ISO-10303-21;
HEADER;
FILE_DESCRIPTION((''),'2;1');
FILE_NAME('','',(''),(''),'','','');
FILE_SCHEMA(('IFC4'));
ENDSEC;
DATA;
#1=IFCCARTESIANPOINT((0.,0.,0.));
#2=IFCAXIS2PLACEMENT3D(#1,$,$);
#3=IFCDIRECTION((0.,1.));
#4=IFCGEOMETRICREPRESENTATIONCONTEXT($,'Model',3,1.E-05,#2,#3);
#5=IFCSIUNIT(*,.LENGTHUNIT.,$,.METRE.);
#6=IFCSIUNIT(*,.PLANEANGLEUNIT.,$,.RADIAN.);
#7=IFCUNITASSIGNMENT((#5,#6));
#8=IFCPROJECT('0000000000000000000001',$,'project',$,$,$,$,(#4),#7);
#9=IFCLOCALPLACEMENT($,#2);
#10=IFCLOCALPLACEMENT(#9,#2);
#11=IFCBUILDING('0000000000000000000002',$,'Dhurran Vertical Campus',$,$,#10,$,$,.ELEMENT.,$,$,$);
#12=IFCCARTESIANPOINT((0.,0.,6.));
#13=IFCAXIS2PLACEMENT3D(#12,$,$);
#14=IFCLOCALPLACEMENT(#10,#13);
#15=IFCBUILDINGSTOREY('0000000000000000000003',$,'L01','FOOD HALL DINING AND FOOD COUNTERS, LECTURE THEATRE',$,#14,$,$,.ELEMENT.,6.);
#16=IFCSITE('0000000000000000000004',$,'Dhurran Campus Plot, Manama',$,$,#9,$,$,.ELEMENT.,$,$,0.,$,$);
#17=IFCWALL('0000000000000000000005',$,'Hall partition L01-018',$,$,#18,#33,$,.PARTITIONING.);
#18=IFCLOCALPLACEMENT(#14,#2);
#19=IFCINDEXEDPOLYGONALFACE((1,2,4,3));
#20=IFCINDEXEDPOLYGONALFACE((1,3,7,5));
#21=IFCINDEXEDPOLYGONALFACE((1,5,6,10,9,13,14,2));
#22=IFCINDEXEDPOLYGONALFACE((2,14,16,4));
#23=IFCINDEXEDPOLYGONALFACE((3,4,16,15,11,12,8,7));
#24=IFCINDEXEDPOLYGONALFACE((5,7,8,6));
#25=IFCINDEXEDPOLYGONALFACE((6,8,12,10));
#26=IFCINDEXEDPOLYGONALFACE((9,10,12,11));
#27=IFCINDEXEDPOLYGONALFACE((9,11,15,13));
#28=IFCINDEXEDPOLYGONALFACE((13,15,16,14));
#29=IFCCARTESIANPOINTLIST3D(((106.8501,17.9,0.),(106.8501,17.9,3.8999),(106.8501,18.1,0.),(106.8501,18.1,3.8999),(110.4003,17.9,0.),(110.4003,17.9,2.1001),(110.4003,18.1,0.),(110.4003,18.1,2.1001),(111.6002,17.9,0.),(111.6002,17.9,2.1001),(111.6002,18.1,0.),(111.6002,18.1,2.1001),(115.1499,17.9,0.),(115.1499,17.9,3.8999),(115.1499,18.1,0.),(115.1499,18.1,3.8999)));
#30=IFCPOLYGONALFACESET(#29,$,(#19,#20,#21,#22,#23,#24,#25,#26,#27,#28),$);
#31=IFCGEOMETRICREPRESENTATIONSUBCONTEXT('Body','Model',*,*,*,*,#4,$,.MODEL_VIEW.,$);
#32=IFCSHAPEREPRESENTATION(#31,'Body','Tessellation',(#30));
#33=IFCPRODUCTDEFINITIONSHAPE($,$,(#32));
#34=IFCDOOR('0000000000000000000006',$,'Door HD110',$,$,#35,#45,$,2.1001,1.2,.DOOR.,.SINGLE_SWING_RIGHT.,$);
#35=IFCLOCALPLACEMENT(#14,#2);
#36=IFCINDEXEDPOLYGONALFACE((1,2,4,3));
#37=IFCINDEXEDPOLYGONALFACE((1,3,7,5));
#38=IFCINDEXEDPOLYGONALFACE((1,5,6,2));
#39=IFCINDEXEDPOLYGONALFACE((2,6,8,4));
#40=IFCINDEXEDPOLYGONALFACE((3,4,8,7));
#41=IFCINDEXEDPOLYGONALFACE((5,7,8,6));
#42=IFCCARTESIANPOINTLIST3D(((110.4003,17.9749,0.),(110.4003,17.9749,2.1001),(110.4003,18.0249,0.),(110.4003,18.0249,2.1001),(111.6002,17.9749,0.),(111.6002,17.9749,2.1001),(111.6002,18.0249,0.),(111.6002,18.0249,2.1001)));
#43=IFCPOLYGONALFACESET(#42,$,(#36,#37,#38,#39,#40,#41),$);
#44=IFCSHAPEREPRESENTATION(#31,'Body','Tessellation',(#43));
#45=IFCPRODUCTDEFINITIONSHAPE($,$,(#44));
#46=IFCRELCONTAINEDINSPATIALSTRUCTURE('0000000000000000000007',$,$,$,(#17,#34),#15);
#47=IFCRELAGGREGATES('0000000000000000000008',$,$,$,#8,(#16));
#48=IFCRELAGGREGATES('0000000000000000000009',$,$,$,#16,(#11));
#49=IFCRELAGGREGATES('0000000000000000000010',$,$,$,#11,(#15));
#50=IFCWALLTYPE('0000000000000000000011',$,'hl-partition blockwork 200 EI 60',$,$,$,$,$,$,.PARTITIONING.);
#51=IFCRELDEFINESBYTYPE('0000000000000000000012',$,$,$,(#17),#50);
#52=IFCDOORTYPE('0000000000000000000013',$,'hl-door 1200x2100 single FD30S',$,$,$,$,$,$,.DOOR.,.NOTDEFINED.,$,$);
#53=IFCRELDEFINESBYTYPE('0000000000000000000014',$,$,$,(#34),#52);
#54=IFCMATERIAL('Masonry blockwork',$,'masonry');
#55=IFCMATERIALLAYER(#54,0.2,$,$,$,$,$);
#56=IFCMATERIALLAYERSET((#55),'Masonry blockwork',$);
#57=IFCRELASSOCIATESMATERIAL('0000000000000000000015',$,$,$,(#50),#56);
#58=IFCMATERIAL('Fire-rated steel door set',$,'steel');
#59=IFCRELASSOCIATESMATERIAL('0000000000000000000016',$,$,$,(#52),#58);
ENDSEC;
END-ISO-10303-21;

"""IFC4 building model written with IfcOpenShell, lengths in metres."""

from ifc_helpers import new_model, si_unit, direction, frame, frame_2d, origin, place, context, subcontext, project, spatial, rectangle, extrude, material, layer, layer_set, type_object, element, fill, save


model = new_model("IFC4")

# Units and contexts
model_context = context("Model", 3, precision=1e-05, world=origin(), true_north=direction((0.0, 1.0)))
body_context = subcontext(model_context, "Body", "Model", "MODEL_VIEW")
ifc_project = project(units=[si_unit("LENGTHUNIT", "METRE"), si_unit("PLANEANGLEUNIT", "RADIAN")], contexts=[model_context])

# Site, building, storey
site_placement = place(None, origin())
site = spatial("IfcSite", under=ifc_project, at=site_placement, Name="Dhurran Campus Plot, Manama", CompositionType="ELEMENT", RefElevation=0.0)
building_placement = place(site_placement, origin())
building = spatial("IfcBuilding", under=site, at=building_placement, Name="Dhurran Vertical Campus", CompositionType="ELEMENT")
storey_placement = place(building_placement, frame((0.0, 0.0, 6.0)))
storey = spatial("IfcBuildingStorey", under=building, at=storey_placement, Name="L01", Description="FOOD HALL DINING AND FOOD COUNTERS, LECTURE THEATRE", CompositionType="ELEMENT", Elevation=6.0)

# Shared definitions
ifc_material_1 = material(Name="Masonry blockwork", Category="masonry")
ifc_layer_1 = layer(ifc_material_1, 0.2)
ifc_layer_set_1 = layer_set([ifc_layer_1], Name="Masonry blockwork")
wall_type_1 = type_object("IfcWallType", Name="hl-partition blockwork 200 EI 60", PredefinedType="PARTITIONING", material=ifc_layer_set_1)

# Wall, opening, door
wall_1_placement = place(storey_placement, frame((106.8501, 18.0, 0.0), z_axis=(0.0, 0.0, 1.0), x_axis=(1.0, 0.0, 0.0)))
wall_1 = element("IfcWall", 1, at=wall_1_placement, inside=storey, type_object=wall_type_1, Name="Hall partition L01-018", PredefinedType="PARTITIONING", context=body_context, shape_type="SweptSolid", body=[
    extrude(rectangle(XDim=8.2998, YDim=0.2, at=frame_2d((4.1499, 0.0))), origin(), (0.0, 0.0, 1.0), 3.8999),
])
opening_placement = place(wall_1_placement, frame((3.55, 0.0, 0.0)))
opening = element("IfcOpeningElement", 2, at=opening_placement, cuts=wall_1, PredefinedType="OPENING", context=body_context, shape_type="SweptSolid", body=[
    extrude(rectangle(XDim=1.2, YDim=2.1001, at=frame_2d((0.6001, 1.05))), frame((0.0, 0.1099, 0.0), z_axis=(0.0, -1.0, 0.0), x_axis=(1.0, 0.0, 0.0)), (0.0, 0.0, 1.0), 0.22),
])
ifc_material_2 = material(Name="Fire-rated steel door set", Category="steel")
door_type = type_object("IfcDoorType", Name="hl-door 1200x2100 single FD30S", OperationType="NOTDEFINED", PredefinedType="DOOR", material=ifc_material_2)
door_placement = place(opening_placement, origin())
door = element("IfcDoor", 3, at=door_placement, inside=storey, type_object=door_type, Name="Door HD110", OperationType="SINGLE_SWING_RIGHT", OverallHeight=2.1001, OverallWidth=1.2, PredefinedType="DOOR", context=body_context, shape_type="SweptSolid", body=[
    extrude(rectangle(XDim=1.2, YDim=2.1001, at=frame_2d((0.6001, 1.05))), frame((0.0, 0.0249, 0.0), z_axis=(0.0, -1.0, 0.0), x_axis=(1.0, 0.0, 0.0)), (0.0, 0.0, 1.0), 0.05),
])
fill(opening, door)

save(model, "model.ifc")
